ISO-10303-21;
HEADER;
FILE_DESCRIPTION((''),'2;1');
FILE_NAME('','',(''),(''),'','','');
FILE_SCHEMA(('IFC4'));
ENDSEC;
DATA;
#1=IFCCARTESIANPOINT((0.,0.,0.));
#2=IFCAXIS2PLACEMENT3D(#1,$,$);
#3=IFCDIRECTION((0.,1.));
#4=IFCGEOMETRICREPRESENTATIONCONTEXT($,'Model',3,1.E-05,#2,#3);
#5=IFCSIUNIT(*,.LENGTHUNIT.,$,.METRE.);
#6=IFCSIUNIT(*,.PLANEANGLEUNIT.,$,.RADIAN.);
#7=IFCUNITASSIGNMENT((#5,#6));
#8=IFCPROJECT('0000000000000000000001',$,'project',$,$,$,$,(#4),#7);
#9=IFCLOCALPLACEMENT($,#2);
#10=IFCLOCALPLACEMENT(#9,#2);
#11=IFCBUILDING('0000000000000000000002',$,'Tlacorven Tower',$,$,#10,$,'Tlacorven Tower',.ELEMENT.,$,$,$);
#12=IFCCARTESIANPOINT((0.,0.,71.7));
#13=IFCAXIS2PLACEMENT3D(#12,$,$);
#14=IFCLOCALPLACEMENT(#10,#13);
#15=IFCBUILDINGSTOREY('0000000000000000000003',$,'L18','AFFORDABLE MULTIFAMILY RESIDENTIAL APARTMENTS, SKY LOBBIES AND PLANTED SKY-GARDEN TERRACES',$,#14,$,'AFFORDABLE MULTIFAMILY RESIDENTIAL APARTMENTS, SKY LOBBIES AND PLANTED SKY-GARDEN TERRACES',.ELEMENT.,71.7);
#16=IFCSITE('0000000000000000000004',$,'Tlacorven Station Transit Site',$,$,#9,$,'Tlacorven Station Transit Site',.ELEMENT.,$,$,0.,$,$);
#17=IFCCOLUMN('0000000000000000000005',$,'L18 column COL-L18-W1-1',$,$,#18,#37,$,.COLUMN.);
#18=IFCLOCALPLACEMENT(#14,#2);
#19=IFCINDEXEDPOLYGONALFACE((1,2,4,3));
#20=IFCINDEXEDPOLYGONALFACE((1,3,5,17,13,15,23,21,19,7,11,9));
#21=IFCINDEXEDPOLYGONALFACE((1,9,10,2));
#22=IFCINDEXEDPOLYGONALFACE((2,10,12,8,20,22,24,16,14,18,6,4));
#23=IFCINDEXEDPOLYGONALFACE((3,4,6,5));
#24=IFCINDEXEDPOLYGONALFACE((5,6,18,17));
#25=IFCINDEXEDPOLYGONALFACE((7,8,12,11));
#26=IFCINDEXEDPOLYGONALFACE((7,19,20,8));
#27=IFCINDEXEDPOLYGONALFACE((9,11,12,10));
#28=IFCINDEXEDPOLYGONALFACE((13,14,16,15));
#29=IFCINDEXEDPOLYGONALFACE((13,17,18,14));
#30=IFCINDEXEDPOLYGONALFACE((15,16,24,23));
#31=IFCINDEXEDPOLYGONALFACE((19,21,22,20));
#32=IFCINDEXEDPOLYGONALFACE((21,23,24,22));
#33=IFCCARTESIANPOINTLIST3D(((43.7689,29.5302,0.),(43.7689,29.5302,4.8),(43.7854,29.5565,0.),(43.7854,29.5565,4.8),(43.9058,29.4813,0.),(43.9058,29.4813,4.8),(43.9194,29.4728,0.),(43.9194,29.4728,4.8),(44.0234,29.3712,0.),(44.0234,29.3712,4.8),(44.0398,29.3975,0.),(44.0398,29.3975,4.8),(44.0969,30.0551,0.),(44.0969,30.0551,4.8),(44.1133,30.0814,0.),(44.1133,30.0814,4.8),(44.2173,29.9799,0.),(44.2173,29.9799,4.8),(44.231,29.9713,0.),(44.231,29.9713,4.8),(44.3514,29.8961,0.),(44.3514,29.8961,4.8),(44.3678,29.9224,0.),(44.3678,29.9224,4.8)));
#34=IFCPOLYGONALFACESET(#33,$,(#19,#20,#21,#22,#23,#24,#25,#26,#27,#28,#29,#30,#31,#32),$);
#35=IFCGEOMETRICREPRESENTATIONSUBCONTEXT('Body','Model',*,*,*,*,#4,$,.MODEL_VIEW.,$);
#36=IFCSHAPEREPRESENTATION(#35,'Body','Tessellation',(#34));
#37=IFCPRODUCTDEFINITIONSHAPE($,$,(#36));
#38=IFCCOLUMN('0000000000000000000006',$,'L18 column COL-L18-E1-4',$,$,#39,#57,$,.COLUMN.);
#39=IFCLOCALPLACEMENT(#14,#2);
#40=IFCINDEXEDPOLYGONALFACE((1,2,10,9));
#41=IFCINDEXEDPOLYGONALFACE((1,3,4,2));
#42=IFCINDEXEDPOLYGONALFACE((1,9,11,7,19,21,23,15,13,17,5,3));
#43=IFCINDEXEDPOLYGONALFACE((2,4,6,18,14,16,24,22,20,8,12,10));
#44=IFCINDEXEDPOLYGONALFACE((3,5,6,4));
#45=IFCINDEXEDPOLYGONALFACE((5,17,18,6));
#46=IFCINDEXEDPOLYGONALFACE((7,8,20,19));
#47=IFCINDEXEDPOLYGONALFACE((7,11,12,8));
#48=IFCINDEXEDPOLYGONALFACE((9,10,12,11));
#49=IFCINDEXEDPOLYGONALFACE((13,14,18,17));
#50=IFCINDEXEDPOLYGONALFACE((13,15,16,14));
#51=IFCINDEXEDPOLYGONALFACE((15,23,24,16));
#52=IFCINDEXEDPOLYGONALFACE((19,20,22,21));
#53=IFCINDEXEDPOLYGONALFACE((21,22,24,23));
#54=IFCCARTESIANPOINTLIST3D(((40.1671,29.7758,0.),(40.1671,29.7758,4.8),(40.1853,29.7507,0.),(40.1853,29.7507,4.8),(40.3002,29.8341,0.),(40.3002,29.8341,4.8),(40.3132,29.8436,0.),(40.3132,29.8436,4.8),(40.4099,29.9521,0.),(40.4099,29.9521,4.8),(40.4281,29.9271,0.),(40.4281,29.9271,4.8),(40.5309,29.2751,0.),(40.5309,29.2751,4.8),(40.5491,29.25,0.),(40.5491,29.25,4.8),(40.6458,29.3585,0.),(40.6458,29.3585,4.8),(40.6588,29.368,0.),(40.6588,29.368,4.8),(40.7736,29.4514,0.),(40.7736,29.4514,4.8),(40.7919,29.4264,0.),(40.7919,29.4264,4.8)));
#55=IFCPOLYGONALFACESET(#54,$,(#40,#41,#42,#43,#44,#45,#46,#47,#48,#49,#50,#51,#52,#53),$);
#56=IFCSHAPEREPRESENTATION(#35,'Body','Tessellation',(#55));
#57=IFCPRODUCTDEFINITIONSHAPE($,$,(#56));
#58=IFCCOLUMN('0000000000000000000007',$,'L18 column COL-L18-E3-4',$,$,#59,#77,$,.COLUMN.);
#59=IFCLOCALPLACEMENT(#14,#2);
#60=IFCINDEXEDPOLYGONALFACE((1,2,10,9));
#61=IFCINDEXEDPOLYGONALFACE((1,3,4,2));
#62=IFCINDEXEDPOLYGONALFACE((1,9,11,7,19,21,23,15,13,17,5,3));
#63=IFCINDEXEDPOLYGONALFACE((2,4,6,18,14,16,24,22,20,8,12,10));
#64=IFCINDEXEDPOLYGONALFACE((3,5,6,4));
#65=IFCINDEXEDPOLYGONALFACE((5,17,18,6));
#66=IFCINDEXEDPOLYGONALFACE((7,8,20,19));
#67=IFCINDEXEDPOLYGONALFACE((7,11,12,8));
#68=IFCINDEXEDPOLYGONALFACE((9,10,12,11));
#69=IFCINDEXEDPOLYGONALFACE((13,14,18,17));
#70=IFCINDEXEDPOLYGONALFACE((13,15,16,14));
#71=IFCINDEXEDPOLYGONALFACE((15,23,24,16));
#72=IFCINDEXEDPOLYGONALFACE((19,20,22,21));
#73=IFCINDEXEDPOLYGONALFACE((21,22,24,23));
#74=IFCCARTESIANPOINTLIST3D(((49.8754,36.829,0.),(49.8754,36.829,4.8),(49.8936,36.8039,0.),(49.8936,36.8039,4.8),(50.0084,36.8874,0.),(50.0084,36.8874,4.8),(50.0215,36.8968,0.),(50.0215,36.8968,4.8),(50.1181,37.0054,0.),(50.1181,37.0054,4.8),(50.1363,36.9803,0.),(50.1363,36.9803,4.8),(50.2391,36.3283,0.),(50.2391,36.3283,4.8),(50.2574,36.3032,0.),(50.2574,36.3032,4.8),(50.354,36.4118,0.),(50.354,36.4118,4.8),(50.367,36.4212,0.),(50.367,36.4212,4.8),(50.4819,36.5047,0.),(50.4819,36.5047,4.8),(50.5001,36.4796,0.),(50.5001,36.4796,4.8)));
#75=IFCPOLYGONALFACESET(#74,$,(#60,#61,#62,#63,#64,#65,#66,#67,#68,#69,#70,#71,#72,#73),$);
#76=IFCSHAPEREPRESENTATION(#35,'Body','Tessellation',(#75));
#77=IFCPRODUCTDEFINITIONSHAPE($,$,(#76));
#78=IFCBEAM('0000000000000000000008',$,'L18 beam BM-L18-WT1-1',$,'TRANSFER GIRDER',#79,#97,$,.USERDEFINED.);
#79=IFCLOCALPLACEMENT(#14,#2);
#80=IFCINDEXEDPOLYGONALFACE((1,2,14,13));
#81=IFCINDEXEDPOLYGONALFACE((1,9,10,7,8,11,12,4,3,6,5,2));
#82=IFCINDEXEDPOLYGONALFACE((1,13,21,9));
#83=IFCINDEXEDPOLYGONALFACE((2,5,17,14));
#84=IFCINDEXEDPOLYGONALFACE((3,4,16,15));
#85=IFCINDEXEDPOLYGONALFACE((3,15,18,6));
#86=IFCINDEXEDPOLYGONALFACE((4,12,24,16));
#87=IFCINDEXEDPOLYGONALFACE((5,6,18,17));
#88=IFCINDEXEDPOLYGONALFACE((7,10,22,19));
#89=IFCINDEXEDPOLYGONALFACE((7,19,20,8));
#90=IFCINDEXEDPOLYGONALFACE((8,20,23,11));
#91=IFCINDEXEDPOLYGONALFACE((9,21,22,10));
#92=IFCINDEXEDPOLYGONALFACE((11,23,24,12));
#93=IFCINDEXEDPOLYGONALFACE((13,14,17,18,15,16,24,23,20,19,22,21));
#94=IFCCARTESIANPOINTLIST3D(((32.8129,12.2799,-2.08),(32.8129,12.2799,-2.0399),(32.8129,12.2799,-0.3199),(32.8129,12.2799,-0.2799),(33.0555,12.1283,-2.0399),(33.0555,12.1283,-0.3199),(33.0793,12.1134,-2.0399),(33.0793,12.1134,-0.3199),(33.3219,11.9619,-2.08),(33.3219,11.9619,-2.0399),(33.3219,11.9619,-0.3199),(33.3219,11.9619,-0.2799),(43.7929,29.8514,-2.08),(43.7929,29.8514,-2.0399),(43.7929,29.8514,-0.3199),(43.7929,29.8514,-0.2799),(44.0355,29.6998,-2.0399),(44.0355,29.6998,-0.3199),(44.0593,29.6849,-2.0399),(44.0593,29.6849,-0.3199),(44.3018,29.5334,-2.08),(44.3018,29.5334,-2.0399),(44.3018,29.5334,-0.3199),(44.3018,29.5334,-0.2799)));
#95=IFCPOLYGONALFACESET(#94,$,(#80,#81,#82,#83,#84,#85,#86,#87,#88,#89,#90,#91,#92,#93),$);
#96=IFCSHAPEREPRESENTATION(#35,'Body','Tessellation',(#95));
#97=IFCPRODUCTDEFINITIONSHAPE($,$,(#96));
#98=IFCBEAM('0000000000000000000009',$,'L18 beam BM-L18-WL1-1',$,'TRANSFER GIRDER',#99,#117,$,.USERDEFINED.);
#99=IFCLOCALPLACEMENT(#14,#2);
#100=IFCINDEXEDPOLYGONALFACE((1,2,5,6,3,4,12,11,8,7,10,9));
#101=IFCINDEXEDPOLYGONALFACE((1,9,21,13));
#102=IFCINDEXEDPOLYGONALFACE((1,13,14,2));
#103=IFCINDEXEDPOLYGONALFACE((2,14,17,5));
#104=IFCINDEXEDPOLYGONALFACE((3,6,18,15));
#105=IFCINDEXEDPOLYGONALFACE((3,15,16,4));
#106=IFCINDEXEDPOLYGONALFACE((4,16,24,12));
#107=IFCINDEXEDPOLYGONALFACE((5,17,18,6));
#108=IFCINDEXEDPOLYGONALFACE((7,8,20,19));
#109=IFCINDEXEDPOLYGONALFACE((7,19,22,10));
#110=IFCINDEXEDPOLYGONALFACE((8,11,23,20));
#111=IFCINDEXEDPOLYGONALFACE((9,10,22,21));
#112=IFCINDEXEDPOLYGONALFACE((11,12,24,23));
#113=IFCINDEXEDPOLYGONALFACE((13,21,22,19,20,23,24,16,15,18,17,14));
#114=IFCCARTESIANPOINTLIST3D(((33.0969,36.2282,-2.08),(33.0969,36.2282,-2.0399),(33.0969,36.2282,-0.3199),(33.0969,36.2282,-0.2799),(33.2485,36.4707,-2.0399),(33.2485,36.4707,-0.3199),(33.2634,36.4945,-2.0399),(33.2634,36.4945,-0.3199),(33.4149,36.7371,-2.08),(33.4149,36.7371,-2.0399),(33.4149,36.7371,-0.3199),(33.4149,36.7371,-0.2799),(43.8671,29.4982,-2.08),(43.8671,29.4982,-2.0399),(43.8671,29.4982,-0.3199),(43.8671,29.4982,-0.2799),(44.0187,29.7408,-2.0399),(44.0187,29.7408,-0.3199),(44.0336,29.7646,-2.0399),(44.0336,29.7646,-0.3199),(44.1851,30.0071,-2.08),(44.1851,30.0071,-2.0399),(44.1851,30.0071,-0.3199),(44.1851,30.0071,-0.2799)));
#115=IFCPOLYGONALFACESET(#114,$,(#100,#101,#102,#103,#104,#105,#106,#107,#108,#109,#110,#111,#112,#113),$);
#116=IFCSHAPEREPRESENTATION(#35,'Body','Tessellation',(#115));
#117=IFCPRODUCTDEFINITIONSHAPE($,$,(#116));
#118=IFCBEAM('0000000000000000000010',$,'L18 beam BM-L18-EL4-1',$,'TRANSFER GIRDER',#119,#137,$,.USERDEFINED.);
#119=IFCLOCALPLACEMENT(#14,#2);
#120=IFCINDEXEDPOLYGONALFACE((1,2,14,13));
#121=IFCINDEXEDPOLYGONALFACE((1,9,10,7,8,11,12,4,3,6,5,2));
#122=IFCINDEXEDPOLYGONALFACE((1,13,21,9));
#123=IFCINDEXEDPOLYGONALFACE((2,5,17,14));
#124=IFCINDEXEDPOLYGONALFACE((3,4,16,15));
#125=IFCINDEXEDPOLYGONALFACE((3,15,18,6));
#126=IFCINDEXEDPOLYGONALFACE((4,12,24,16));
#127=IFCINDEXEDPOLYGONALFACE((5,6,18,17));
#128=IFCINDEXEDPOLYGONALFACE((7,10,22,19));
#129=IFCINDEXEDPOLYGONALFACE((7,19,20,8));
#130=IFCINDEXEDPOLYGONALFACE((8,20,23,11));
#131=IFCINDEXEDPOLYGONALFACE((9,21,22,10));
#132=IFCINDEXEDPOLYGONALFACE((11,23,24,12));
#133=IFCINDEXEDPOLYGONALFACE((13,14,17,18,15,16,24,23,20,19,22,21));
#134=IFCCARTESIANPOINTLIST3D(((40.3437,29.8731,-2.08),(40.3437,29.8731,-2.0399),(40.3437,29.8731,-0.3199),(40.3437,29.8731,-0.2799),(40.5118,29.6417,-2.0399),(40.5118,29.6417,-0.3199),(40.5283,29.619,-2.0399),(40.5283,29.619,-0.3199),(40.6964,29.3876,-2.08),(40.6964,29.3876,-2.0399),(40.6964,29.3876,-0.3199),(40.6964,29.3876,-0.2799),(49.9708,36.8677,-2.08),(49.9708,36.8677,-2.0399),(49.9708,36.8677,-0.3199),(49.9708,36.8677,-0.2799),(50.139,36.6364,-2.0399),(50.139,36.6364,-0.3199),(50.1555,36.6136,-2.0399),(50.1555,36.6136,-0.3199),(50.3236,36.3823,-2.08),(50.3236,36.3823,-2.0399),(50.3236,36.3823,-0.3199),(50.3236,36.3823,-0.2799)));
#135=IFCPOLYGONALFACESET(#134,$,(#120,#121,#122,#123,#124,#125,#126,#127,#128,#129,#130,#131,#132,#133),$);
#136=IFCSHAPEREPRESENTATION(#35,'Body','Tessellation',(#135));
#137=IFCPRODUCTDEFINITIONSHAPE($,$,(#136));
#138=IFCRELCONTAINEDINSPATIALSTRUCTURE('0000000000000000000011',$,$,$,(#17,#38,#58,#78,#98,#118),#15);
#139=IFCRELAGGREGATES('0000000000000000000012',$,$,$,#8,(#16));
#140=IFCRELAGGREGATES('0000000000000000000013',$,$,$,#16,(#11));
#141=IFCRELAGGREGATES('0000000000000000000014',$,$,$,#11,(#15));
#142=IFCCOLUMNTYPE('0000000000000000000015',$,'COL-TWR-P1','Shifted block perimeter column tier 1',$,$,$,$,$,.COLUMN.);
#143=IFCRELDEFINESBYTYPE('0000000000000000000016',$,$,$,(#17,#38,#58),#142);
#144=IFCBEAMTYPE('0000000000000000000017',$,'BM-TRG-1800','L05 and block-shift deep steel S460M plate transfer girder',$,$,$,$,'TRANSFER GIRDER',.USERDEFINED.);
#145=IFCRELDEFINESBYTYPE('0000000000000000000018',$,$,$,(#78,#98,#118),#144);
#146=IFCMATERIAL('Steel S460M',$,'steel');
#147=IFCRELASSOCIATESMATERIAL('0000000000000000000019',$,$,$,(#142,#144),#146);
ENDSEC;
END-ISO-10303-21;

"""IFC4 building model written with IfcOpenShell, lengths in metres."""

from ifc_helpers import new_model, si_unit, direction, frame, origin, origin_2d, place, context, subcontext, project, spatial, i_section, extrude, source, transform, mapped, material, material_profile, profile_set, type_object, element, save


model = new_model("IFC4")

# Units and contexts
model_context = context("Model", 3, precision=1e-05, world=origin(), true_north=direction((0.0, 1.0)))
body_context = subcontext(model_context, "Body", "Model", "MODEL_VIEW")
ifc_project = project(units=[si_unit("LENGTHUNIT", "METRE"), si_unit("PLANEANGLEUNIT", "RADIAN")], contexts=[model_context])

# Site, building, storey
site_placement = place(None, origin())
site = spatial("IfcSite", under=ifc_project, at=site_placement, Name="Tlacorven Station Transit Site", LongName="Tlacorven Station Transit Site", CompositionType="ELEMENT", RefElevation=0.0)
building_placement = place(site_placement, origin())
building = spatial("IfcBuilding", under=site, at=building_placement, Name="Tlacorven Tower", LongName="Tlacorven Tower", CompositionType="ELEMENT")
storey_placement = place(building_placement, frame((0.0, 0.0, 71.7)))
storey = spatial("IfcBuildingStorey", under=building, at=storey_placement, Name="L18", Description="AFFORDABLE MULTIFAMILY RESIDENTIAL APARTMENTS, SKY LOBBIES AND PLANTED SKY-GARDEN TERRACES", LongName="AFFORDABLE MULTIFAMILY RESIDENTIAL APARTMENTS, SKY LOBBIES AND PLANTED SKY-GARDEN TERRACES", CompositionType="ELEMENT", Elevation=71.7)

# Columns
ifc_material_1 = material(Name="Steel S460M", Category="steel")
ifc_material_profile_1 = material_profile(ifc_material_1, i_section(OverallWidth=0.3, OverallDepth=0.6499, WebThickness=0.0161, FlangeThickness=0.031, at=origin_2d()), Name="HEB 650")
ifc_profile_set_1 = profile_set([ifc_material_profile_1], Name="Steel S460M")
column_type = type_object("IfcColumnType", Name="COL-TWR-P1", Description="Shifted block perimeter column tier 1", PredefinedType="COLUMN", material=ifc_profile_set_1)
shared_shape_1 = source(origin(), body_context, "Body", "SweptSolid", [
    extrude(i_section(OverallWidth=0.3, OverallDepth=0.6499, WebThickness=0.0161, FlangeThickness=0.031, at=origin_2d()), origin(), (0.0, 0.0, 1.0), 4.8),
])
for number, where, z_axis, x_axis, name in (
    (1, (44.0684, 29.7263, 0.0), (0.0, 0.0, 1.0), (-0.848048, 0.529919, 0.0), "L18 column COL-L18-W1-1"),
    (2, (40.4795, 29.6011, 0.0), (0.0, 0.0, 1.0), (0.809017, 0.587785, 0.0), "L18 column COL-L18-E1-4"),
    (3, (50.1877, 36.6543, 0.0), (0.0, 0.0, 1.0), (0.809017, 0.587785, 0.0), "L18 column COL-L18-E3-4"),
):
    element("IfcColumn", number, at=place(storey_placement, frame(where, z_axis=z_axis, x_axis=x_axis)), inside=storey, type_object=column_type, Name=name, PredefinedType="COLUMN", context=body_context, shape_type="MappedRepresentation", body=[
        mapped(shared_shape_1, transform((0.0, 0.0, 0.0), scale=1.0)),
    ])

# Beams
ifc_material_profile_2 = material_profile(ifc_material_1, i_section(OverallWidth=0.6001, OverallDepth=1.8, WebThickness=0.0281, FlangeThickness=0.04, at=origin_2d()), Name="PG 1800X600X28X40")
ifc_profile_set_2 = profile_set([ifc_material_profile_2], Name="Steel S460M")
beam_type = type_object("IfcBeamType", Name="BM-TRG-1800", Description="L05 and block-shift deep steel S460M plate transfer girder", ElementType="TRANSFER GIRDER", PredefinedType="USERDEFINED", material=ifc_profile_set_2)
shared_shape_2 = source(origin(), body_context, "Body", "SweptSolid", [
    extrude(i_section(OverallWidth=0.6001, OverallDepth=1.8, WebThickness=0.0281, FlangeThickness=0.04, at=origin_2d()), origin(), (0.0, 0.0, 1.0), 20.72),
])
beam_1_placement = place(storey_placement, frame((44.0474, 29.6924, -1.1799), z_axis=(-0.529922, -0.848047, 0.0), x_axis=(0.848047, -0.529922, 0.0)))
element("IfcBeam", 4, at=beam_1_placement, inside=storey, type_object=beam_type, Name="L18 beam BM-L18-WT1-1", ObjectType="TRANSFER GIRDER", PredefinedType="USERDEFINED", context=body_context, shape_type="MappedRepresentation", body=[
    mapped(shared_shape_2, transform((0.0, 0.0, 0.0), scale=1.0)),
])
shared_shape_3 = source(origin(), body_context, "Body", "SweptSolid", [
    extrude(i_section(OverallWidth=0.6001, OverallDepth=1.8, WebThickness=0.0281, FlangeThickness=0.04, at=origin_2d()), origin(), (0.0, 0.0, 1.0), 12.7),
])
beam_2_placement = place(storey_placement, frame((44.0261, 29.7527, -1.1799), z_axis=(-0.848049, 0.529918, 0.0), x_axis=(-0.529918, -0.848049, 0.0)))
element("IfcBeam", 5, at=beam_2_placement, inside=storey, type_object=beam_type, Name="L18 beam BM-L18-WL1-1", ObjectType="TRANSFER GIRDER", PredefinedType="USERDEFINED", context=body_context, shape_type="MappedRepresentation", body=[
    mapped(shared_shape_3, transform((0.0, 0.0, 0.0), scale=1.0)),
])
shared_shape_4 = source(origin(), body_context, "Body", "SweptSolid", [
    extrude(i_section(OverallWidth=0.6001, OverallDepth=1.8, WebThickness=0.0281, FlangeThickness=0.04, at=origin_2d()), origin(), (0.0, 0.0, 1.0), 11.8999),
])
beam_3_placement = place(storey_placement, frame((40.52, 29.6304, -1.1799), z_axis=(0.809015, 0.587789, 0.0), x_axis=(-0.587789, 0.809015, 0.0)))
element("IfcBeam", 6, at=beam_3_placement, inside=storey, type_object=beam_type, Name="L18 beam BM-L18-EL4-1", ObjectType="TRANSFER GIRDER", PredefinedType="USERDEFINED", context=body_context, shape_type="MappedRepresentation", body=[
    mapped(shared_shape_4, transform((0.0, 0.0, 0.0), scale=1.0)),
])

save(model, "model.ifc")
